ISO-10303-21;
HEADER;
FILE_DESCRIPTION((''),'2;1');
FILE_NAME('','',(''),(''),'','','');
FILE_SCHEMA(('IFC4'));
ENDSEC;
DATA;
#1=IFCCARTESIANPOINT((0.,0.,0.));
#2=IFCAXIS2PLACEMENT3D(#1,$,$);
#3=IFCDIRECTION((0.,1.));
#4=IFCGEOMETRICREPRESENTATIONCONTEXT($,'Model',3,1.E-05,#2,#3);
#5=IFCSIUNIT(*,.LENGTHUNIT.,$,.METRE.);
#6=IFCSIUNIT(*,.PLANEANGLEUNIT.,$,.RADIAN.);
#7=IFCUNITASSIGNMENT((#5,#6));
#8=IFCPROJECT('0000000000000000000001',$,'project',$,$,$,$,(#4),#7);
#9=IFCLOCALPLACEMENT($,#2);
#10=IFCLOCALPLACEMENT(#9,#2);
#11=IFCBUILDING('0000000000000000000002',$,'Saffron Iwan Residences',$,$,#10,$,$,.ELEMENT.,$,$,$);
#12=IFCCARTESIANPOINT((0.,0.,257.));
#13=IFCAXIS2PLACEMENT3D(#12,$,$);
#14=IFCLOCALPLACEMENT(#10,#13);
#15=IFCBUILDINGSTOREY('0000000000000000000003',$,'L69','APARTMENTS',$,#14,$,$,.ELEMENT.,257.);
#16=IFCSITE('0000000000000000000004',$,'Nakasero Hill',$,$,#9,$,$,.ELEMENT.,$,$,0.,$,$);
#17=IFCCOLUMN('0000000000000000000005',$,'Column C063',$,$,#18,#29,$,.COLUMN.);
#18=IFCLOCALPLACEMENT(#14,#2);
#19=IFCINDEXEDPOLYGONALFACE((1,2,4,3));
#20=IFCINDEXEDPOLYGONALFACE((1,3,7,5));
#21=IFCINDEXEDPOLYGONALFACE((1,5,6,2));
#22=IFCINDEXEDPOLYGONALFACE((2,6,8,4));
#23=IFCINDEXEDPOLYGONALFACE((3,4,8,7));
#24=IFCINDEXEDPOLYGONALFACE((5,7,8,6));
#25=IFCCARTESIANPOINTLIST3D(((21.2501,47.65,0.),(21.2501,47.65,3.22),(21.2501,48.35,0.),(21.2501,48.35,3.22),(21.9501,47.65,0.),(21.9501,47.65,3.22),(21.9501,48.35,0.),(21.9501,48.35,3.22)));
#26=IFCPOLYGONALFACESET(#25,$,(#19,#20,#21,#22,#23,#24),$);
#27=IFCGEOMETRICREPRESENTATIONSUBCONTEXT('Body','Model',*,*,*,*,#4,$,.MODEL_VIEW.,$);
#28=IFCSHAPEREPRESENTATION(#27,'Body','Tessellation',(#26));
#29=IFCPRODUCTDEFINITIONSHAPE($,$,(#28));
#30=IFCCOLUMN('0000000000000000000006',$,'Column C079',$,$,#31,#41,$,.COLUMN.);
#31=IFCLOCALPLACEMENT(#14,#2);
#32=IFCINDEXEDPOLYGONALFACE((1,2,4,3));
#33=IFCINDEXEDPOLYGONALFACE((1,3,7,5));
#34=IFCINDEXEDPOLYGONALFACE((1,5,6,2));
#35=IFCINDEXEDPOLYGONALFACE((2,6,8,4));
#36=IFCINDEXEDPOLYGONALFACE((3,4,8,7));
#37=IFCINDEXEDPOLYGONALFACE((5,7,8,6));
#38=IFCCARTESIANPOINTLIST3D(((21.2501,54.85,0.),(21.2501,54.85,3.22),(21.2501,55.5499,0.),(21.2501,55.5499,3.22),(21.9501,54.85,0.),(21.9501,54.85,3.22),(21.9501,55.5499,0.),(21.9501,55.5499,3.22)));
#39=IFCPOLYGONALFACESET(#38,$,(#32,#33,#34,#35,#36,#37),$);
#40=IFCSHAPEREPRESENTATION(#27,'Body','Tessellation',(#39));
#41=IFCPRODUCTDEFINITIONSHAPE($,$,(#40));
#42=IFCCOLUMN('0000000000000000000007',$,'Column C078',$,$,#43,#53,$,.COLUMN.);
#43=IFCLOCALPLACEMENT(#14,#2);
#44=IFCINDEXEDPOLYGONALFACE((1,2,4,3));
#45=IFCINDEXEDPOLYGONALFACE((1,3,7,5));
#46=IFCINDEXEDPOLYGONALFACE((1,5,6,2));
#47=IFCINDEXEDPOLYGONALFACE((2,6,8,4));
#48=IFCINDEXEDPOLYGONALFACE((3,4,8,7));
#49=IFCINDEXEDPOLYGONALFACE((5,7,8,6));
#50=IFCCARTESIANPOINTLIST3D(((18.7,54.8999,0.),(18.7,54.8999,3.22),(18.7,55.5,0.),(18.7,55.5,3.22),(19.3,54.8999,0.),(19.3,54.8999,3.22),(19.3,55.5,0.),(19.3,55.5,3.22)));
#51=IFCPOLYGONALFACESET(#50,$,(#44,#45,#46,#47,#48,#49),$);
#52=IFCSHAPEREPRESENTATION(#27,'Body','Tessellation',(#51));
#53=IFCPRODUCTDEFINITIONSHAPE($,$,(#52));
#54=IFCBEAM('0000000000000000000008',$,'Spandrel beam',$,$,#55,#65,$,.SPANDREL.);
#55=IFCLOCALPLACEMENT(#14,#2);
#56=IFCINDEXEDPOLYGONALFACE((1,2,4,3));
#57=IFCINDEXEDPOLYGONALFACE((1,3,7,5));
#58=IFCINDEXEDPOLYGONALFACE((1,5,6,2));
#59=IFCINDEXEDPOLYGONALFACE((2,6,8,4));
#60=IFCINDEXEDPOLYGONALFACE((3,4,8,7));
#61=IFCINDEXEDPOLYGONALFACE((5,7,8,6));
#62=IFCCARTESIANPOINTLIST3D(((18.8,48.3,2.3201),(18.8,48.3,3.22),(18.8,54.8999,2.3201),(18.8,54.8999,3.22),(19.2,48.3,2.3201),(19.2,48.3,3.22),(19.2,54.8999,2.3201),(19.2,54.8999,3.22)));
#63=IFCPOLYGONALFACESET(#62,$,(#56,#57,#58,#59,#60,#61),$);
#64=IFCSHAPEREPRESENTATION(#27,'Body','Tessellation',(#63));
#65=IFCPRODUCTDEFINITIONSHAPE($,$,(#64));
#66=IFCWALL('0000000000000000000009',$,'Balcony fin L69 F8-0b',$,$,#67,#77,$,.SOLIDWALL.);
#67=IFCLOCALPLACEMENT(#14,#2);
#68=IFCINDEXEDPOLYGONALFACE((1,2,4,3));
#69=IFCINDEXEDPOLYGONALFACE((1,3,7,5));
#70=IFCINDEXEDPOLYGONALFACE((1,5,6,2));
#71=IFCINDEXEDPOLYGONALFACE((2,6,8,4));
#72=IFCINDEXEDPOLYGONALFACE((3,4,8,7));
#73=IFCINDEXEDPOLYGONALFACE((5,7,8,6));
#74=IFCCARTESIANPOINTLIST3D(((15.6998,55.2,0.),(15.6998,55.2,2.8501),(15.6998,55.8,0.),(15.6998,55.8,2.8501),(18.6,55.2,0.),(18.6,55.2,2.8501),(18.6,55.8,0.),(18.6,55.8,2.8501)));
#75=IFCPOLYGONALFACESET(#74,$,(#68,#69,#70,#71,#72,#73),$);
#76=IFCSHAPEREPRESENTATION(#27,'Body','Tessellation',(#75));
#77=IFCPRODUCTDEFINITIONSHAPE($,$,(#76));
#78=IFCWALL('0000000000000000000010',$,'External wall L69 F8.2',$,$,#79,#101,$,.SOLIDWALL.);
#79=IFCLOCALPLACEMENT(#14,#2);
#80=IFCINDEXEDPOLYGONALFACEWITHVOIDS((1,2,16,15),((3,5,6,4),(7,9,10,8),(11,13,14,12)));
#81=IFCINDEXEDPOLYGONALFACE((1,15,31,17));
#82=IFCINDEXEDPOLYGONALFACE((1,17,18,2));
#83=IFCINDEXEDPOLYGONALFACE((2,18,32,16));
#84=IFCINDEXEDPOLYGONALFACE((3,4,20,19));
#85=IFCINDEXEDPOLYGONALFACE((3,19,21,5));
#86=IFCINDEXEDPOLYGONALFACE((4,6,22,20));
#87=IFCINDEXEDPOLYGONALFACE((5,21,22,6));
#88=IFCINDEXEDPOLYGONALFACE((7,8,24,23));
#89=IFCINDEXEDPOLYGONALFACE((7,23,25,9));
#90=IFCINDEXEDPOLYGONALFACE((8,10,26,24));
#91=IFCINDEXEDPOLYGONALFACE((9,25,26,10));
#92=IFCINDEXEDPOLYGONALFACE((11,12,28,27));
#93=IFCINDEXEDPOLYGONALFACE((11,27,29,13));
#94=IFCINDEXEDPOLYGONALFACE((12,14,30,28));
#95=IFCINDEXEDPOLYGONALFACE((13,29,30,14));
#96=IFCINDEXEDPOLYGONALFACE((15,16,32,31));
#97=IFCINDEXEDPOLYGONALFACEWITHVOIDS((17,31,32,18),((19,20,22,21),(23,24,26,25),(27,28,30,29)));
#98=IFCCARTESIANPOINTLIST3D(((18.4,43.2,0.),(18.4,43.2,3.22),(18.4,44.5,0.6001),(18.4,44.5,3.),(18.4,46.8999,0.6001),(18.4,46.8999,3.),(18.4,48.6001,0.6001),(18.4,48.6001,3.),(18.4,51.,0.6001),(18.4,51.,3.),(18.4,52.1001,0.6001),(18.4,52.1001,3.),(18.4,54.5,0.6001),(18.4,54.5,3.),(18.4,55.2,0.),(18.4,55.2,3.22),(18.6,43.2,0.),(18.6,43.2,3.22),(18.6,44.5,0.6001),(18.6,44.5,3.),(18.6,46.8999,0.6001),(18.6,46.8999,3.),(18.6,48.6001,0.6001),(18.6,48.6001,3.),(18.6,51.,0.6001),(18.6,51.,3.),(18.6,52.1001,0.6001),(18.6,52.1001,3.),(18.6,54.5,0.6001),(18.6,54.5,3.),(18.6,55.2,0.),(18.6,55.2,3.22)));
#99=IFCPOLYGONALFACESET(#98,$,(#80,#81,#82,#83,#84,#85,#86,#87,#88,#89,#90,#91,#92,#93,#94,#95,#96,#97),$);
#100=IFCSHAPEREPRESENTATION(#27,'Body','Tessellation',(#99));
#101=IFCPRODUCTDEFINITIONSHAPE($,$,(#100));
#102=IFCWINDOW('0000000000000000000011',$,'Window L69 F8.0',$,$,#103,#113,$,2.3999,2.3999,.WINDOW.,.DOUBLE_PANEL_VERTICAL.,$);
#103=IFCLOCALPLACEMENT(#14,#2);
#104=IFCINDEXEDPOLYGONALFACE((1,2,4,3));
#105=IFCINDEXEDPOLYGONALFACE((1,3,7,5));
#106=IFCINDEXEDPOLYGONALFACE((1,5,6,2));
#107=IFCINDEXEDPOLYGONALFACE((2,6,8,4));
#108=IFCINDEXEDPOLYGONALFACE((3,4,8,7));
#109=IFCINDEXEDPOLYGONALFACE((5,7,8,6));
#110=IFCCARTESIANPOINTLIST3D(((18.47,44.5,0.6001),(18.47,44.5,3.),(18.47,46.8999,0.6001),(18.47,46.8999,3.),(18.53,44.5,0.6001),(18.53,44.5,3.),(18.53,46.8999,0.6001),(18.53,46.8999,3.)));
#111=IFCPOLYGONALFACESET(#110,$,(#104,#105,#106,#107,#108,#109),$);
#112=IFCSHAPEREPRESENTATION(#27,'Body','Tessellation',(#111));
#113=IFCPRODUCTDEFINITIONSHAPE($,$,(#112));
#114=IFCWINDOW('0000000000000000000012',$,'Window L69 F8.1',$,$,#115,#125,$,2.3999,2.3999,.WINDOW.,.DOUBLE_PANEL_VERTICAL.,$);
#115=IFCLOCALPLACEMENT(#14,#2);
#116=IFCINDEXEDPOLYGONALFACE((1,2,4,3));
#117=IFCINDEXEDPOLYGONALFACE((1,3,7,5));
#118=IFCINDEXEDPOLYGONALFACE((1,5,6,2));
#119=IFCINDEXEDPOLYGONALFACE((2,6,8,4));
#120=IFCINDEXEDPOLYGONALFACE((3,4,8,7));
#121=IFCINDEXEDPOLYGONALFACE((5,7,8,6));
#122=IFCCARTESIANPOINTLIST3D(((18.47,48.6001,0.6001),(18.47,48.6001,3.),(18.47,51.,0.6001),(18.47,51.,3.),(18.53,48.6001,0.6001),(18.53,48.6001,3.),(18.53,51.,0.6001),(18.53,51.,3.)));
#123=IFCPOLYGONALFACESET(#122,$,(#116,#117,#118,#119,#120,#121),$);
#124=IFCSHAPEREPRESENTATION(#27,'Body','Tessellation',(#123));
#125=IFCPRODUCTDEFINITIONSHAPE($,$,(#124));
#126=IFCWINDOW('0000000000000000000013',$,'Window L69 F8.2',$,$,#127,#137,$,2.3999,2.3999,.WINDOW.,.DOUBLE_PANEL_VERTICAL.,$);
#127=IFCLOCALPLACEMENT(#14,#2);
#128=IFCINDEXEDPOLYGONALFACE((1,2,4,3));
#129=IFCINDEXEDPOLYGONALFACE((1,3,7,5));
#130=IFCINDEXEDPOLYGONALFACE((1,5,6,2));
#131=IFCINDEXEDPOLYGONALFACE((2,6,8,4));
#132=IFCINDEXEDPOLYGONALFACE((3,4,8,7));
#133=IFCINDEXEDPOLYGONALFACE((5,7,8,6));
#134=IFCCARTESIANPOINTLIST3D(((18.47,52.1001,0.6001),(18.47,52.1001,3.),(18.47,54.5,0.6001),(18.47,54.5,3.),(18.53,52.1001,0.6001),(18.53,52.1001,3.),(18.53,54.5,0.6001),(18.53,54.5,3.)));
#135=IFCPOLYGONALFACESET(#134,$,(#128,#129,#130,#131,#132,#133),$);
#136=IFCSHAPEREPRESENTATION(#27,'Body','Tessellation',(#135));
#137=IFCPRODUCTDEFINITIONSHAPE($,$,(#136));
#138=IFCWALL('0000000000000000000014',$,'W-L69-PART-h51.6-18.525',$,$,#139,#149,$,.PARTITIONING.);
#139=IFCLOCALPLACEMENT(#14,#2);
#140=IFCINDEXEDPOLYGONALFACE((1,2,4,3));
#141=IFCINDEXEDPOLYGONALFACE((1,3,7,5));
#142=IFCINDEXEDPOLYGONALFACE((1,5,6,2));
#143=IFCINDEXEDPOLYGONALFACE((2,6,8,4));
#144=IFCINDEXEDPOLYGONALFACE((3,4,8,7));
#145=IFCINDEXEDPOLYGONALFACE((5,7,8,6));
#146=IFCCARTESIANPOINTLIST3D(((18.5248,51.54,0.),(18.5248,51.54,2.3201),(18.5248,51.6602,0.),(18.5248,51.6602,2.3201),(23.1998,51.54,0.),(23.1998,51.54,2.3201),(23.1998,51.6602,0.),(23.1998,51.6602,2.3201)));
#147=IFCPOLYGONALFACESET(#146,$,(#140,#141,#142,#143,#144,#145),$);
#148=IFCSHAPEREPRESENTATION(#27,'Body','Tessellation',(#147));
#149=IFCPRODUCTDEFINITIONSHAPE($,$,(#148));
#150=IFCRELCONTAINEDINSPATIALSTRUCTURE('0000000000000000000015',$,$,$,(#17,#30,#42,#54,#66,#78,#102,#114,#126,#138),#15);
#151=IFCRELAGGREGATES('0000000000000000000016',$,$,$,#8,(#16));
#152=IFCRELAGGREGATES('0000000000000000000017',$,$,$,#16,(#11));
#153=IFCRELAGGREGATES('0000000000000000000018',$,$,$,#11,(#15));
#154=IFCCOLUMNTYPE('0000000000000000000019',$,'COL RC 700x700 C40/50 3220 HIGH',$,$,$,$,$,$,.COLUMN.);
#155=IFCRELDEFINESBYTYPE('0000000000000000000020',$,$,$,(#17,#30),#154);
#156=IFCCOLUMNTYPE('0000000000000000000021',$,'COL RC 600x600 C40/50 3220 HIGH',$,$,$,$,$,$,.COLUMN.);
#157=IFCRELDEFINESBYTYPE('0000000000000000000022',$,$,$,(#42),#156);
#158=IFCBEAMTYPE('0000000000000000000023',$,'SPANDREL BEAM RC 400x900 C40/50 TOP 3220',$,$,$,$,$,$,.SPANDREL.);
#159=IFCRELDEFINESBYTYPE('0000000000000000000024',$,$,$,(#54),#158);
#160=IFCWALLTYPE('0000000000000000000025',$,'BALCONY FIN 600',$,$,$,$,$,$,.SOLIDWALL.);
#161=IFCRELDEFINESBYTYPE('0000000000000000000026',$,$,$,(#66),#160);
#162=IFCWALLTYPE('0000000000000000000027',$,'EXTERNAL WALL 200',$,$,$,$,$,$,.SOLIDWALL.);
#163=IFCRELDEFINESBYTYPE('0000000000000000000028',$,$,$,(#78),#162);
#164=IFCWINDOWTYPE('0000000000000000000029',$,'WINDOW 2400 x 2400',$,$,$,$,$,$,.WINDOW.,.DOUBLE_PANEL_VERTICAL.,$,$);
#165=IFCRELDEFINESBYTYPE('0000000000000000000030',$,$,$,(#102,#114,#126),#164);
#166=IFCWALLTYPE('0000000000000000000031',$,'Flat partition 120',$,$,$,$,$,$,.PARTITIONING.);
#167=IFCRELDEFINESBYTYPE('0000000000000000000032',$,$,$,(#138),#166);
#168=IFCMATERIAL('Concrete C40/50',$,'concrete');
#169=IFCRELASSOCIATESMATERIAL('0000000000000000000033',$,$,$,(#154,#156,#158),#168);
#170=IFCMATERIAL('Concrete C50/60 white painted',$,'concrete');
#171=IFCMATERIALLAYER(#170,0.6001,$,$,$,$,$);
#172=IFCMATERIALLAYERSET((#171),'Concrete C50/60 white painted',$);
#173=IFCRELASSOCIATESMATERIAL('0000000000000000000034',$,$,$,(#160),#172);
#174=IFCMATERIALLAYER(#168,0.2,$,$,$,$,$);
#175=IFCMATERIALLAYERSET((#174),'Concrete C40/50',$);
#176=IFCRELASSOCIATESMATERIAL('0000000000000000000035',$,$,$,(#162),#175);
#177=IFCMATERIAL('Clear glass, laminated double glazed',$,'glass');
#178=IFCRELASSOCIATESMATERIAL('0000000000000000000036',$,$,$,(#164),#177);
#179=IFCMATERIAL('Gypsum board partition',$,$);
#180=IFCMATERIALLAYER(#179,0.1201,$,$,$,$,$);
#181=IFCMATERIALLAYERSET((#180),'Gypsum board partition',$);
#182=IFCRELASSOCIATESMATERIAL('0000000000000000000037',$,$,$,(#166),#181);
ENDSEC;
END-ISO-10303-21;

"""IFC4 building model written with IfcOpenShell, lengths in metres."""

from ifc_helpers import new_model, si_unit, direction, frame, frame_2d, origin, origin_2d, place, context, subcontext, project, spatial, rectangle, extrude, source, transform, mapped, material, layer, layer_set, material_profile, profile_set, type_object, element, fill, save


model = new_model("IFC4")

# Units and contexts
model_context = context("Model", 3, precision=1e-05, world=origin(), true_north=direction((0.0, 1.0)))
body_context = subcontext(model_context, "Body", "Model", "MODEL_VIEW")
ifc_project = project(units=[si_unit("LENGTHUNIT", "METRE"), si_unit("PLANEANGLEUNIT", "RADIAN")], contexts=[model_context])

# Site, building, storey
site_placement = place(None, origin())
site = spatial("IfcSite", under=ifc_project, at=site_placement, Name="Nakasero Hill", CompositionType="ELEMENT", RefElevation=0.0)
building_placement = place(site_placement, origin())
building = spatial("IfcBuilding", under=site, at=building_placement, Name="Saffron Iwan Residences", CompositionType="ELEMENT")
storey_placement = place(building_placement, frame((0.0, 0.0, 257.0)))
storey = spatial("IfcBuildingStorey", under=building, at=storey_placement, Name="L69", Description="APARTMENTS", CompositionType="ELEMENT", Elevation=257.0)

# Columns
ifc_material_1 = material(Name="Concrete C40/50", Category="concrete")
ifc_material_profile_1 = material_profile(ifc_material_1, rectangle(XDim=0.7, YDim=0.7, at=origin_2d()), Name="RC 700x700")
ifc_profile_set_1 = profile_set([ifc_material_profile_1], Name="Concrete C40/50")
column_type_1 = type_object("IfcColumnType", Name="COL RC 700x700 C40/50 3220 HIGH", PredefinedType="COLUMN", material=ifc_profile_set_1)
shared_shape_1 = source(origin(), body_context, "Body", "SweptSolid", [
    extrude(rectangle(XDim=0.7, YDim=0.7, at=origin_2d()), origin(), (0.0, 0.0, 1.0), 3.22),
])
for number, where, z_axis, x_axis, name in (
    (1, (21.6001, 48.0, 0.0), (0.0, 0.0, 1.0), (1.0, 0.0, 0.0), "Column C063"),
    (2, (21.6001, 55.2, 0.0), (0.0, 0.0, 1.0), (1.0, 0.0, 0.0), "Column C079"),
):
    element("IfcColumn", number, at=place(storey_placement, frame(where, z_axis=z_axis, x_axis=x_axis)), inside=storey, type_object=column_type_1, Name=name, PredefinedType="COLUMN", context=body_context, shape_type="MappedRepresentation", body=[
        mapped(shared_shape_1, transform((0.0, 0.0, 0.0))),
    ])
ifc_material_profile_2 = material_profile(ifc_material_1, rectangle(XDim=0.6001, YDim=0.6001, at=origin_2d()), Name="RC 600x600")
ifc_profile_set_2 = profile_set([ifc_material_profile_2], Name="Concrete C40/50")
column_type_2 = type_object("IfcColumnType", Name="COL RC 600x600 C40/50 3220 HIGH", PredefinedType="COLUMN", material=ifc_profile_set_2)
shared_shape_2 = source(origin(), body_context, "Body", "SweptSolid", [
    extrude(rectangle(XDim=0.6001, YDim=0.6001, at=origin_2d()), origin(), (0.0, 0.0, 1.0), 3.22),
])
column_placement = place(storey_placement, frame((19.0, 55.2, 0.0), z_axis=(0.0, 0.0, 1.0), x_axis=(1.0, 0.0, 0.0)))
element("IfcColumn", 3, at=column_placement, inside=storey, type_object=column_type_2, Name="Column C078", PredefinedType="COLUMN", context=body_context, shape_type="MappedRepresentation", body=[
    mapped(shared_shape_2, transform((0.0, 0.0, 0.0))),
])

# Beam
ifc_material_profile_3 = material_profile(ifc_material_1, rectangle(XDim=0.3999, YDim=0.8999, at=origin_2d()), Name="RC 400x900")
ifc_profile_set_3 = profile_set([ifc_material_profile_3], Name="Concrete C40/50")
beam_type = type_object("IfcBeamType", Name="SPANDREL BEAM RC 400x900 C40/50 TOP 3220", PredefinedType="SPANDREL", material=ifc_profile_set_3)
shared_shape_3 = source(origin(), body_context, "Body", "SweptSolid", [
    extrude(rectangle(XDim=0.3999, YDim=0.8999, at=origin_2d()), origin(), (0.0, 0.0, 1.0), 6.5999),
])
beam_placement = place(storey_placement, frame((19.0, 48.3, 2.77), z_axis=(0.0, 1.0, 0.0), x_axis=(-1.0, 0.0, 0.0)))
element("IfcBeam", 4, at=beam_placement, inside=storey, type_object=beam_type, Name="Spandrel beam", PredefinedType="SPANDREL", context=body_context, shape_type="MappedRepresentation", body=[
    mapped(shared_shape_3, transform((0.0, 0.0, 0.0))),
])

# Wall
ifc_material_2 = material(Name="Concrete C50/60 white painted", Category="concrete")
ifc_layer_1 = layer(ifc_material_2, 0.6001)
ifc_layer_set_1 = layer_set([ifc_layer_1], Name="Concrete C50/60 white painted")
wall_type_1 = type_object("IfcWallType", Name="BALCONY FIN 600", PredefinedType="SOLIDWALL", material=ifc_layer_set_1)
wall_1_placement = place(storey_placement, frame((18.6001, 55.5, 0.0), z_axis=(0.0, 0.0, 1.0), x_axis=(-1.0, 0.0, 0.0)))
element("IfcWall", 5, at=wall_1_placement, inside=storey, type_object=wall_type_1, Name="Balcony fin L69 F8-0b", PredefinedType="SOLIDWALL", context=body_context, shape_type="SweptSolid", body=[
    extrude(rectangle(XDim=2.9001, YDim=0.6001, at=frame_2d((1.4502, 0.0))), origin(), (0.0, 0.0, 1.0), 2.8501),
])

# Wall, openings, windows
ifc_layer_2 = layer(ifc_material_1, 0.2)
ifc_layer_set_2 = layer_set([ifc_layer_2], Name="Concrete C40/50")
wall_type_2 = type_object("IfcWallType", Name="EXTERNAL WALL 200", PredefinedType="SOLIDWALL", material=ifc_layer_set_2)
wall_2_placement = place(storey_placement, frame((18.5, 55.2, 0.0), z_axis=(0.0, 0.0, 1.0), x_axis=(0.0, -1.0, 0.0)))
wall_2 = element("IfcWall", 6, at=wall_2_placement, inside=storey, type_object=wall_type_2, Name="External wall L69 F8.2", PredefinedType="SOLIDWALL", context=body_context, shape_type="SweptSolid", body=[
    extrude(rectangle(XDim=12.0, YDim=0.2, at=frame_2d((6.0, 0.0))), origin(), (0.0, 0.0, 1.0), 3.22),
])
opening_1_placement = place(wall_2_placement, frame((8.3, 0.0, 0.6001)))
opening_1 = element("IfcOpeningElement", 7, at=opening_1_placement, cuts=wall_2, PredefinedType="OPENING", context=body_context, shape_type="SweptSolid", body=[
    extrude(rectangle(XDim=2.3999, YDim=2.3999, at=frame_2d((1.2, 1.2))), frame((0.0, 0.1099, 0.0), z_axis=(0.0, -1.0, 0.0), x_axis=(1.0, 0.0, 0.0)), (0.0, 0.0, 1.0), 0.22),
])
opening_2_placement = place(wall_2_placement, frame((4.2, 0.0, 0.6001)))
opening_2 = element("IfcOpeningElement", 8, at=opening_2_placement, cuts=wall_2, PredefinedType="OPENING", context=body_context, shape_type="SweptSolid", body=[
    extrude(rectangle(XDim=2.3999, YDim=2.3999, at=frame_2d((1.2, 1.2))), frame((0.0, 0.1099, 0.0), z_axis=(0.0, -1.0, 0.0), x_axis=(1.0, 0.0, 0.0)), (0.0, 0.0, 1.0), 0.22),
])
opening_3_placement = place(wall_2_placement, frame((0.7, 0.0, 0.6001)))
opening_3 = element("IfcOpeningElement", 9, at=opening_3_placement, cuts=wall_2, PredefinedType="OPENING", context=body_context, shape_type="SweptSolid", body=[
    extrude(rectangle(XDim=2.3999, YDim=2.3999, at=frame_2d((1.2, 1.2))), frame((0.0, 0.1099, 0.0), z_axis=(0.0, -1.0, 0.0), x_axis=(1.0, 0.0, 0.0)), (0.0, 0.0, 1.0), 0.22),
])
ifc_material_3 = material(Name="Clear glass, laminated double glazed", Category="glass")
window_type = type_object("IfcWindowType", Name="WINDOW 2400 x 2400", PartitioningType="DOUBLE_PANEL_VERTICAL", PredefinedType="WINDOW", material=ifc_material_3)
window_1_placement = place(opening_1_placement, origin())
window_1 = element("IfcWindow", 10, at=window_1_placement, inside=storey, type_object=window_type, Name="Window L69 F8.0", OverallHeight=2.3999, OverallWidth=2.3999, PartitioningType="DOUBLE_PANEL_VERTICAL", PredefinedType="WINDOW", context=body_context, shape_type="SweptSolid", body=[
    extrude(rectangle(XDim=2.3999, YDim=2.3999, at=frame_2d((1.2, 1.2))), frame((0.0, 0.03, 0.0), z_axis=(0.0, -1.0, 0.0), x_axis=(1.0, 0.0, 0.0)), (0.0, 0.0, 1.0), 0.0601),
])
fill(opening_1, window_1)
window_2_placement = place(opening_2_placement, origin())
window_2 = element("IfcWindow", 11, at=window_2_placement, inside=storey, type_object=window_type, Name="Window L69 F8.1", OverallHeight=2.3999, OverallWidth=2.3999, PartitioningType="DOUBLE_PANEL_VERTICAL", PredefinedType="WINDOW", context=body_context, shape_type="SweptSolid", body=[
    extrude(rectangle(XDim=2.3999, YDim=2.3999, at=frame_2d((1.2, 1.2))), frame((0.0, 0.03, 0.0), z_axis=(0.0, -1.0, 0.0), x_axis=(1.0, 0.0, 0.0)), (0.0, 0.0, 1.0), 0.0601),
])
fill(opening_2, window_2)
window_3_placement = place(opening_3_placement, origin())
window_3 = element("IfcWindow", 12, at=window_3_placement, inside=storey, type_object=window_type, Name="Window L69 F8.2", OverallHeight=2.3999, OverallWidth=2.3999, PartitioningType="DOUBLE_PANEL_VERTICAL", PredefinedType="WINDOW", context=body_context, shape_type="SweptSolid", body=[
    extrude(rectangle(XDim=2.3999, YDim=2.3999, at=frame_2d((1.2, 1.2))), frame((0.0, 0.03, 0.0), z_axis=(0.0, -1.0, 0.0), x_axis=(1.0, 0.0, 0.0)), (0.0, 0.0, 1.0), 0.0601),
])
fill(opening_3, window_3)

# Wall
ifc_material_4 = material(Name="Gypsum board partition")
ifc_layer_3 = layer(ifc_material_4, 0.1201)
ifc_layer_set_3 = layer_set([ifc_layer_3], Name="Gypsum board partition")
wall_type_3 = type_object("IfcWallType", Name="Flat partition 120", PredefinedType="PARTITIONING", material=ifc_layer_set_3)
wall_3_placement = place(storey_placement, frame((18.5249, 51.6001, 0.0), z_axis=(0.0, 0.0, 1.0), x_axis=(1.0, 0.0, 0.0)))
element("IfcWall", 13, at=wall_3_placement, inside=storey, type_object=wall_type_3, Name="W-L69-PART-h51.6-18.525", PredefinedType="PARTITIONING", context=body_context, shape_type="SweptSolid", body=[
    extrude(rectangle(XDim=4.675, YDim=0.1201, at=frame_2d((2.3374, 0.0))), origin(), (0.0, 0.0, 1.0), 2.3201),
])

save(model, "model.ifc")
